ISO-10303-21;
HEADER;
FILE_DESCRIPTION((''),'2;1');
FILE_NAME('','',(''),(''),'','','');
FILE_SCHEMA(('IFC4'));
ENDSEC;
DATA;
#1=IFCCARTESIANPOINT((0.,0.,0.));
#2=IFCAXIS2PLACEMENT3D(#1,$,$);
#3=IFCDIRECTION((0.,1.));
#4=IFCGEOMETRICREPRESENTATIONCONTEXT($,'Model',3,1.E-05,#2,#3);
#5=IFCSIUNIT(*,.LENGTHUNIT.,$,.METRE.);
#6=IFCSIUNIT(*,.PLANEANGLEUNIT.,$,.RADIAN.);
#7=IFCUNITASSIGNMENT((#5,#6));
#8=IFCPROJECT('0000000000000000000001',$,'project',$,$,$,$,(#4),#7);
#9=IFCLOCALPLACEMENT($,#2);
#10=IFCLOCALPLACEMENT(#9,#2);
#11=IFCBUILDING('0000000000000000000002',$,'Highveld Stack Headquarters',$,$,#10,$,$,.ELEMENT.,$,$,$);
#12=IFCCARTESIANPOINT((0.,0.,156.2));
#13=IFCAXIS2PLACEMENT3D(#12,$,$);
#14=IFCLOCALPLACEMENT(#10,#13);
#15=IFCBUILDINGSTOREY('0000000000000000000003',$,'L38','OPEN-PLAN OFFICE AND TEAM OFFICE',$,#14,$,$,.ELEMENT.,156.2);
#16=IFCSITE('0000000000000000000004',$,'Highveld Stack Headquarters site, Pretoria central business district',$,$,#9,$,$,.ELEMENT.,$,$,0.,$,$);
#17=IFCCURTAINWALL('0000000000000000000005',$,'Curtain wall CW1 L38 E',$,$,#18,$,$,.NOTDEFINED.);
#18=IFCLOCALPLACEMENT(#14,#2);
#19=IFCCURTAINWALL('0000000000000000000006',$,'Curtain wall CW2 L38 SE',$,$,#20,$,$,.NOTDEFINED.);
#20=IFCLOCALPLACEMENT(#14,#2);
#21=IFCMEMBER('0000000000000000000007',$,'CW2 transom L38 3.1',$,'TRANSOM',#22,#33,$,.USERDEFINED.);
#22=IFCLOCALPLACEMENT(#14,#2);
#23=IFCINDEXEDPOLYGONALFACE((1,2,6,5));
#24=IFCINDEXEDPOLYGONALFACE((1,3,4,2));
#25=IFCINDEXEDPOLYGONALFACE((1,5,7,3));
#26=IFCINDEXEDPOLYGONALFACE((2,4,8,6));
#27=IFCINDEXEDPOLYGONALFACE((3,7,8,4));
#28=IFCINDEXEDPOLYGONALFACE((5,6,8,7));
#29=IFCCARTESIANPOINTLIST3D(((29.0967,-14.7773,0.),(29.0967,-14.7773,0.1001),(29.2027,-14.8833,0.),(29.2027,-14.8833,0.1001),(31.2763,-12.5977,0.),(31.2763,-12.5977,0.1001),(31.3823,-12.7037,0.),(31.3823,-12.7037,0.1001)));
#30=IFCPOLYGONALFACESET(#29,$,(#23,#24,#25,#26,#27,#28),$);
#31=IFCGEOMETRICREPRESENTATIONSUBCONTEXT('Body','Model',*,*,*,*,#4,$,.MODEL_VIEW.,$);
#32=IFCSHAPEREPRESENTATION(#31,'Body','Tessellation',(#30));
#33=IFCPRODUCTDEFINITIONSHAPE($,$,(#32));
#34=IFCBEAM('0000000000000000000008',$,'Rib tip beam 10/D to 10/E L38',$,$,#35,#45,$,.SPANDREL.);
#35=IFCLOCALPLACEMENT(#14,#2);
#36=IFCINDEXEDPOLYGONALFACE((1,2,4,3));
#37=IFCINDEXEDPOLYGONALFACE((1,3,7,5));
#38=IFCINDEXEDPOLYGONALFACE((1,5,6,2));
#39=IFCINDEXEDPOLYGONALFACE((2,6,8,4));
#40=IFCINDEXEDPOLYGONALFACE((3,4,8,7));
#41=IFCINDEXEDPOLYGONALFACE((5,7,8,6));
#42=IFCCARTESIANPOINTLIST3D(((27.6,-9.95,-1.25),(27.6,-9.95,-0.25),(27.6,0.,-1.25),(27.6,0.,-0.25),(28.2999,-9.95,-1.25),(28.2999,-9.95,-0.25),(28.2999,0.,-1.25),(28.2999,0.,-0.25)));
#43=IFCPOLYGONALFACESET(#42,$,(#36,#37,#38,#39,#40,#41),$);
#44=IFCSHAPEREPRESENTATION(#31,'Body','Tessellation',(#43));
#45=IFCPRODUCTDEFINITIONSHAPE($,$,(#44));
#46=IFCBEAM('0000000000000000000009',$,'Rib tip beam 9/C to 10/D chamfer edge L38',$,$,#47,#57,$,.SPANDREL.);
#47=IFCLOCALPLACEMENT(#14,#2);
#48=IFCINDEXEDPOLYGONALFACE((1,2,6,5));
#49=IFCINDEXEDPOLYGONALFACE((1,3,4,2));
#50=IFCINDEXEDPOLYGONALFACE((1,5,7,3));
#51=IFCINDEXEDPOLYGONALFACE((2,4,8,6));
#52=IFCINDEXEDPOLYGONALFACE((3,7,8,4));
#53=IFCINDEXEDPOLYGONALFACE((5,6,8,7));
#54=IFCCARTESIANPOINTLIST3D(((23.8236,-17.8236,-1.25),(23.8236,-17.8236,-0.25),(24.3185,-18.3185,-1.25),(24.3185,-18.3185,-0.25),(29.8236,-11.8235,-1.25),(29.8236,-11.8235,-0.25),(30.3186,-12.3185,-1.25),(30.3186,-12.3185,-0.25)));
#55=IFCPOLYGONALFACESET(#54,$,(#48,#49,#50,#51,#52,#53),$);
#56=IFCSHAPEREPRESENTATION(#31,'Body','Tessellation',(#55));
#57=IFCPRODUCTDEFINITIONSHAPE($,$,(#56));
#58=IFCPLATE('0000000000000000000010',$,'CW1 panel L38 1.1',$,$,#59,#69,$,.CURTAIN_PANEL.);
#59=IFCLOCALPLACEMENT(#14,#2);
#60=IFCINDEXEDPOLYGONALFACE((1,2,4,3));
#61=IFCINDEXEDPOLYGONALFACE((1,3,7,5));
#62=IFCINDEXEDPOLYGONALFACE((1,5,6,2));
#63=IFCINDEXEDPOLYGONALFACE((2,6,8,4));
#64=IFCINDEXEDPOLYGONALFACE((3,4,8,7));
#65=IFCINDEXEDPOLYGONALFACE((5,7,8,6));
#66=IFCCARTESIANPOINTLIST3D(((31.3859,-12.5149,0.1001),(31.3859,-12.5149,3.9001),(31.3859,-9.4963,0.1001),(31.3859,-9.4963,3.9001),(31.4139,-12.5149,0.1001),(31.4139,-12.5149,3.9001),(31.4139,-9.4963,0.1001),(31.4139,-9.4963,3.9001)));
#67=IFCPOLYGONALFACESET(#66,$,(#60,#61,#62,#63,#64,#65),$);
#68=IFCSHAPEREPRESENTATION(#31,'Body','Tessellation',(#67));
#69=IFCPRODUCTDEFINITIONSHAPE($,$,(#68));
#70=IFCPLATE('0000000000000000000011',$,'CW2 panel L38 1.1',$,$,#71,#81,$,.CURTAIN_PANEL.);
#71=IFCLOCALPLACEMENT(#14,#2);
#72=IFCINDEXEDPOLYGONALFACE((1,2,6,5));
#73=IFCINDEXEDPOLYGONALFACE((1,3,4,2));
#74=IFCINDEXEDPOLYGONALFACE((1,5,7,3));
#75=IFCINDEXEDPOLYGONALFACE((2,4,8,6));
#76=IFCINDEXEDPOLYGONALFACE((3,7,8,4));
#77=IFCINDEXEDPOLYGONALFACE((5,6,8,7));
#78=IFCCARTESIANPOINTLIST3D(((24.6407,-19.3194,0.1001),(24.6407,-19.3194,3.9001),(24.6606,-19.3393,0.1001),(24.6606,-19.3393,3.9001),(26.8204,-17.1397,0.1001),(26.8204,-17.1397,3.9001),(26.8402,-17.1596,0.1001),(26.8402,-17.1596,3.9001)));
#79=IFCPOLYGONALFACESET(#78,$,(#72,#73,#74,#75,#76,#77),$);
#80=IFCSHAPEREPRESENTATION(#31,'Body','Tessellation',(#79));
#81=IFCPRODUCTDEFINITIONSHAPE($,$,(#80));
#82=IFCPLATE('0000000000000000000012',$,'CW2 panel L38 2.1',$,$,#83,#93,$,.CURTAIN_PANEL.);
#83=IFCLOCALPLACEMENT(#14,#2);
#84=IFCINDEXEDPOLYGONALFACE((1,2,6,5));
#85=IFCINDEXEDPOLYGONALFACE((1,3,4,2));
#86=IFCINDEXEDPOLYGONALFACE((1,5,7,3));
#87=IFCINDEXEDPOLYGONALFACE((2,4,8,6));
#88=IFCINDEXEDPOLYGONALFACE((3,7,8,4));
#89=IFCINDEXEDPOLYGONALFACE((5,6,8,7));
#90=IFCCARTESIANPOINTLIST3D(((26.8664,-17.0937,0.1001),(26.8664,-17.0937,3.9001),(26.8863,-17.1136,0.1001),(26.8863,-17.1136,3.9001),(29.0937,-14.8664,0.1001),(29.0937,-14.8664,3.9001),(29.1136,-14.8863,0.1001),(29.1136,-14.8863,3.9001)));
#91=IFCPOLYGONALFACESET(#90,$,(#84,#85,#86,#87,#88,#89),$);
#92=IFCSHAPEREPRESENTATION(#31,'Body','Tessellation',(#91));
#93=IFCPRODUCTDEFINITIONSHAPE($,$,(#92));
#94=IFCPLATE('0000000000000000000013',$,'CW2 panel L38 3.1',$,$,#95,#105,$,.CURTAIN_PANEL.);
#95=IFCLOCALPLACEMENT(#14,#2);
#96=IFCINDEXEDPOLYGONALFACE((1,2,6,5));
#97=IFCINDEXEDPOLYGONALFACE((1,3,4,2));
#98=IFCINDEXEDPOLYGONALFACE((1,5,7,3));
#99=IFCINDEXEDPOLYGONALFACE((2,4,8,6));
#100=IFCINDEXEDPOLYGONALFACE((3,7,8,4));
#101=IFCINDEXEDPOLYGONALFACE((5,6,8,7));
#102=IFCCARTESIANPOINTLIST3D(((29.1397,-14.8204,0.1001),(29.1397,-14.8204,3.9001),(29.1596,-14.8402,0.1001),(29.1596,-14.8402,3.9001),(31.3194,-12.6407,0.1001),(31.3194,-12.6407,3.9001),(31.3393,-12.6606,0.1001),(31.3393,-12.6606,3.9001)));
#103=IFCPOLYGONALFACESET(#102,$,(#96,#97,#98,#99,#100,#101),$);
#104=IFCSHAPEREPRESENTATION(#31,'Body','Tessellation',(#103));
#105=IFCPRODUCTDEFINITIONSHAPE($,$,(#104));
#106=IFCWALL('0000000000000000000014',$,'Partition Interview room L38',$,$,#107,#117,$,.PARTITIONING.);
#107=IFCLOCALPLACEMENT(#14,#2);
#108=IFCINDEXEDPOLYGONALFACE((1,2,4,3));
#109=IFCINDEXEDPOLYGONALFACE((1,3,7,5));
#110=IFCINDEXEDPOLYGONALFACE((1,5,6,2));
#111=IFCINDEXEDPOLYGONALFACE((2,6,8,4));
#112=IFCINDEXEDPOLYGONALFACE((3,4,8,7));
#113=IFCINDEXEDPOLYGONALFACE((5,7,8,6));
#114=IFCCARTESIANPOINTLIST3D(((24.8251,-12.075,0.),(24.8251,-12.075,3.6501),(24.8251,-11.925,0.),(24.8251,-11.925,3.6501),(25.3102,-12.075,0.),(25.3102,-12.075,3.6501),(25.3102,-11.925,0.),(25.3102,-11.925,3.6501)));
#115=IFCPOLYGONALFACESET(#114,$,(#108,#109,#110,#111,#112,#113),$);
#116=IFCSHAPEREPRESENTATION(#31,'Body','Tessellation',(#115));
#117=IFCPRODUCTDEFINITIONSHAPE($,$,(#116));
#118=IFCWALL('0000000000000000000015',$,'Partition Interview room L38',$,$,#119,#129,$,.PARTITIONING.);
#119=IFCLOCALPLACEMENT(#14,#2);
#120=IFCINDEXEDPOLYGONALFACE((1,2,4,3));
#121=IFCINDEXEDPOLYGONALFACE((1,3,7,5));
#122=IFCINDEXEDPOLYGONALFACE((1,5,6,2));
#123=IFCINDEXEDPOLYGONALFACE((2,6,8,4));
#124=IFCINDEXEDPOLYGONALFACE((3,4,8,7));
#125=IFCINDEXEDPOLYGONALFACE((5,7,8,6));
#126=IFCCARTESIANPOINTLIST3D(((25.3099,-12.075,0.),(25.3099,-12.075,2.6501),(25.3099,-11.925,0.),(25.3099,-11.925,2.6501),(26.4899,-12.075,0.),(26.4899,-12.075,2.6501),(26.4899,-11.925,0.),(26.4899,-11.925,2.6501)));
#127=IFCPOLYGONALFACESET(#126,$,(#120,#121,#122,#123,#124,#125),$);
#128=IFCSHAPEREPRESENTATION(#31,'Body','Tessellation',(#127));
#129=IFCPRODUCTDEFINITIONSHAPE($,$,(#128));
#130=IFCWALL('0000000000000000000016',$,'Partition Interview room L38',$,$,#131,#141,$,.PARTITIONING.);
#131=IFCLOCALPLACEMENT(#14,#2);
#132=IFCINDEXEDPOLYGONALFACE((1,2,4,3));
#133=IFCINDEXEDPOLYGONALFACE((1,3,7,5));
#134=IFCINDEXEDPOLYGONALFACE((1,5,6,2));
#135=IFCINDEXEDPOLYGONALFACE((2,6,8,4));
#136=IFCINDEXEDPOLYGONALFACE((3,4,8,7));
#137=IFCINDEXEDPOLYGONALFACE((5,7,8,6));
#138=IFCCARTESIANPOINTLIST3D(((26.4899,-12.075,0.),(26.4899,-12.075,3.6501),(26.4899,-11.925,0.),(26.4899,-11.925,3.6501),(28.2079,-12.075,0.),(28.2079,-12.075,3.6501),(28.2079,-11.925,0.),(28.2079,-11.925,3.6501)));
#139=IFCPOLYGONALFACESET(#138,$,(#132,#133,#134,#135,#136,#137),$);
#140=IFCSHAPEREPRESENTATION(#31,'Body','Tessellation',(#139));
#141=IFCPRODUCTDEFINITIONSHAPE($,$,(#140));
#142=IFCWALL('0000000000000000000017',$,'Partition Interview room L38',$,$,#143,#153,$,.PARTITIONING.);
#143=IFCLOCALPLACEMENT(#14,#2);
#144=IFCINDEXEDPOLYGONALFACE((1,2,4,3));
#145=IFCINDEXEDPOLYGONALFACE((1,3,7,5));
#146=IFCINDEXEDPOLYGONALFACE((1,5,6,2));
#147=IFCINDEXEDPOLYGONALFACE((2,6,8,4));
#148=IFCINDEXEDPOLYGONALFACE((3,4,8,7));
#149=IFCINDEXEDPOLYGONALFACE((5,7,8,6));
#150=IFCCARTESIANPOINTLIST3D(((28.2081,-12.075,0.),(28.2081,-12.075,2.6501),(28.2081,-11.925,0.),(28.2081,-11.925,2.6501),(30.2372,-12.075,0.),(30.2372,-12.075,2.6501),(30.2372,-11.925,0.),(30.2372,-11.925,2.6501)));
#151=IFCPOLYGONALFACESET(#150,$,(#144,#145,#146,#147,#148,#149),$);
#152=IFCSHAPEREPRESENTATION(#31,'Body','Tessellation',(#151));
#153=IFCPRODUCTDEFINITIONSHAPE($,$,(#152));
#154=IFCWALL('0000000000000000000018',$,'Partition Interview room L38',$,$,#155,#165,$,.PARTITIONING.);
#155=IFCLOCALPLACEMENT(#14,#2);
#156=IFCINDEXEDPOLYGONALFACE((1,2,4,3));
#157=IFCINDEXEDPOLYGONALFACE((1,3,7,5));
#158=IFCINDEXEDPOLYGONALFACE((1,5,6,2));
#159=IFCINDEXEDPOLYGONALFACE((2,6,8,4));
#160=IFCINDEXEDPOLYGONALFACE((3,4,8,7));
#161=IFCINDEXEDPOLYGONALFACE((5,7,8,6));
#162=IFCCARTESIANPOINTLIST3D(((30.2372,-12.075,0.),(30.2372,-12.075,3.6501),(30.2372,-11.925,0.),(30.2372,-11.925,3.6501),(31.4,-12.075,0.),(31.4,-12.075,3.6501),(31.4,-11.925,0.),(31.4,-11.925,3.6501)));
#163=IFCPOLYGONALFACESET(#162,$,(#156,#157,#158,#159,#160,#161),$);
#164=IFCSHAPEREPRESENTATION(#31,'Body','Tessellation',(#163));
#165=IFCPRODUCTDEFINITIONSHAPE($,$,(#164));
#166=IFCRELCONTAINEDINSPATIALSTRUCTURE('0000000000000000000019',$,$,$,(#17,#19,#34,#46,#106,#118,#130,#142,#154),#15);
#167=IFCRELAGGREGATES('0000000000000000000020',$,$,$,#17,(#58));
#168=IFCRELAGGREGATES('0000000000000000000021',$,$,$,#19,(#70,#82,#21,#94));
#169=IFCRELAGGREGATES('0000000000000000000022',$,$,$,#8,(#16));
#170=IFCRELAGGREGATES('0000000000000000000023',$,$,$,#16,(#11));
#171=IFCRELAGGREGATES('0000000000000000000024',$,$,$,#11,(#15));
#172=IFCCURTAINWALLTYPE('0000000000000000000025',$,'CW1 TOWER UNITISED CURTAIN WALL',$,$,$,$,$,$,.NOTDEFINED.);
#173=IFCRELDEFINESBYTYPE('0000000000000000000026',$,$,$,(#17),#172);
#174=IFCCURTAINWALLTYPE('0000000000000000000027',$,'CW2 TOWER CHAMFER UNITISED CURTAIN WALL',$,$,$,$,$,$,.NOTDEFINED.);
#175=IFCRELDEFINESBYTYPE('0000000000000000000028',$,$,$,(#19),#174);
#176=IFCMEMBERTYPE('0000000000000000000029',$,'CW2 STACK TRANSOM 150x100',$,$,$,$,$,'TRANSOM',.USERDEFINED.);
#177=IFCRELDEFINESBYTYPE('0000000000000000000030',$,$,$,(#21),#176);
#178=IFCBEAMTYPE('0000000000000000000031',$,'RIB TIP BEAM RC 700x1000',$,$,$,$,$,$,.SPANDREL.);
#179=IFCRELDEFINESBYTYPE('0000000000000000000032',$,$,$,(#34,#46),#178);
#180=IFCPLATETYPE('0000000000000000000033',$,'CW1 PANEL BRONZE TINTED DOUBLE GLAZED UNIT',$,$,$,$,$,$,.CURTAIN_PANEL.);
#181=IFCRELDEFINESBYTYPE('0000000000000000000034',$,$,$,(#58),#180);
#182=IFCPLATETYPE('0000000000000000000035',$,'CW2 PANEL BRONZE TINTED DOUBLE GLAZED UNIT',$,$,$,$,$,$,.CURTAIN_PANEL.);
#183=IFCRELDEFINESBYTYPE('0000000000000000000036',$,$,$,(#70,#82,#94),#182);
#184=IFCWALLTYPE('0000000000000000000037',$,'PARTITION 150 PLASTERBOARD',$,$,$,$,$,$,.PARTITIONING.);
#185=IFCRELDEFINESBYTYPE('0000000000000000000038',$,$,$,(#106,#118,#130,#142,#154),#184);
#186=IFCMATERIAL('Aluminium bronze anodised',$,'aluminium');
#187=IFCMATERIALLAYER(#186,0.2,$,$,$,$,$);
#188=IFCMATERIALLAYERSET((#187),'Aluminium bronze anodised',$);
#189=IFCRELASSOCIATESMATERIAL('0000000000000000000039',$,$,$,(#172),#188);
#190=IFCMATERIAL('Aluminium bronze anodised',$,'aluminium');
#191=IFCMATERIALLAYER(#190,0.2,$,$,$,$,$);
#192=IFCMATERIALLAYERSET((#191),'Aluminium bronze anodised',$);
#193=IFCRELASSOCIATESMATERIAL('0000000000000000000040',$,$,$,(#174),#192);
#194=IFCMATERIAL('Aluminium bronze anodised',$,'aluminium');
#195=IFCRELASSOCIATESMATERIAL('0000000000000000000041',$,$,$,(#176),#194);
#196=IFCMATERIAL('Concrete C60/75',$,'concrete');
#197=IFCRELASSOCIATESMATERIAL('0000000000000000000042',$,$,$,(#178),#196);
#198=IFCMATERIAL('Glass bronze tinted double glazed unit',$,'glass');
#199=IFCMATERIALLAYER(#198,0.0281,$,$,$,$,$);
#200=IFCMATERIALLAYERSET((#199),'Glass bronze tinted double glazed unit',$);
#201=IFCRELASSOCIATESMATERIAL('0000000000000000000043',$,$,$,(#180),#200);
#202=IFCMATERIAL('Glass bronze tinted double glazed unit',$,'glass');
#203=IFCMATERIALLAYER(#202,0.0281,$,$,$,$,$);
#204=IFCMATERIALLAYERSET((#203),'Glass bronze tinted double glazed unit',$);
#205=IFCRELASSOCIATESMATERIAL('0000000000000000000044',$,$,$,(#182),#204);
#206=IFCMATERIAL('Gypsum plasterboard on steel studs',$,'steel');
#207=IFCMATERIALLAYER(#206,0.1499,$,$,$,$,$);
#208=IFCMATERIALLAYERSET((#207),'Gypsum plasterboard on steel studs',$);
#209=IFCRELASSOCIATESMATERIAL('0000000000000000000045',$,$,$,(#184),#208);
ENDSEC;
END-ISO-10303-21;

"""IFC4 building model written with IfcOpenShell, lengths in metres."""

from ifc_helpers import new_model, si_unit, direction, frame, frame_2d, origin, origin_2d, place, context, subcontext, project, spatial, rectangle, extrude, material, layer, layer_set, material_profile, profile_set, type_object, element, aggregate, save


model = new_model("IFC4")

# Units and contexts
model_context = context("Model", 3, precision=1e-05, world=origin(), true_north=direction((0.0, 1.0)))
body_context = subcontext(model_context, "Body", "Model", "MODEL_VIEW")
ifc_project = project(units=[si_unit("LENGTHUNIT", "METRE"), si_unit("PLANEANGLEUNIT", "RADIAN")], contexts=[model_context])

# Site, building, storey
site_placement = place(None, origin())
site = spatial("IfcSite", under=ifc_project, at=site_placement, Name="Highveld Stack Headquarters site, Pretoria central business district", CompositionType="ELEMENT", RefElevation=0.0)
building_placement = place(site_placement, origin())
building = spatial("IfcBuilding", under=site, at=building_placement, Name="Highveld Stack Headquarters", CompositionType="ELEMENT")
storey_placement = place(building_placement, frame((0.0, 0.0, 156.2)))
storey = spatial("IfcBuildingStorey", under=building, at=storey_placement, Name="L38", Description="OPEN-PLAN OFFICE AND TEAM OFFICE", CompositionType="ELEMENT", Elevation=156.2)

# Shared definitions
ifc_material_1 = material(Name="Aluminium bronze anodised", Category="aluminium")
ifc_layer_1 = layer(ifc_material_1, 0.2)
ifc_layer_set_1 = layer_set([ifc_layer_1], Name="Aluminium bronze anodised")
curtain_wall_type_1 = type_object("IfcCurtainWallType", Name="CW1 TOWER UNITISED CURTAIN WALL", PredefinedType="NOTDEFINED", material=ifc_layer_set_1)

# Curtain wall
curtain_wall_1_placement = place(storey_placement, origin())
curtain_wall_1 = element("IfcCurtainWall", 1, at=curtain_wall_1_placement, inside=storey, type_object=curtain_wall_type_1, Name="Curtain wall CW1 L38 E", PredefinedType="NOTDEFINED")

# Curtain wall, member
ifc_material_2 = material(Name="Aluminium bronze anodised", Category="aluminium")
ifc_layer_2 = layer(ifc_material_2, 0.2)
ifc_layer_set_2 = layer_set([ifc_layer_2], Name="Aluminium bronze anodised")
curtain_wall_type_2 = type_object("IfcCurtainWallType", Name="CW2 TOWER CHAMFER UNITISED CURTAIN WALL", PredefinedType="NOTDEFINED", material=ifc_layer_set_2)
curtain_wall_2_placement = place(storey_placement, origin())
curtain_wall_2 = element("IfcCurtainWall", 2, at=curtain_wall_2_placement, inside=storey, type_object=curtain_wall_type_2, Name="Curtain wall CW2 L38 SE", PredefinedType="NOTDEFINED")
ifc_material_3 = material(Name="Aluminium bronze anodised", Category="aluminium")
ifc_material_profile_1 = material_profile(ifc_material_3, rectangle(XDim=0.1499, YDim=0.1001, at=origin_2d()), Name="CW2 TRANSOM 150x100")
ifc_profile_set_1 = profile_set([ifc_material_profile_1], Name="Aluminium bronze anodised")
member_type_1 = type_object("IfcMemberType", Name="CW2 STACK TRANSOM 150x100", ElementType="TRANSOM", PredefinedType="USERDEFINED", material=ifc_profile_set_1)
member_1_placement = place(storey_placement, frame((29.1497, -14.8303, 0.05), z_axis=(0.707107, 0.707107, 0.0), x_axis=(-0.707107, 0.707107, 0.0)))
member_1 = element("IfcMember", 3, at=member_1_placement, type_object=member_type_1, Name="CW2 transom L38 3.1", ObjectType="TRANSOM", PredefinedType="USERDEFINED", context=body_context, shape_type="SweptSolid", body=[
    extrude(rectangle(XDim=0.1499, YDim=0.1001, at=origin_2d()), origin(), (0.0, 0.0, 1.0), 3.0825),
])

# Beams
ifc_material_4 = material(Name="Concrete C60/75", Category="concrete")
ifc_material_profile_2 = material_profile(ifc_material_4, rectangle(XDim=0.7, YDim=1.0, at=origin_2d()), Name="RC 700x1000")
ifc_profile_set_2 = profile_set([ifc_material_profile_2], Name="Concrete C60/75")
beam_type = type_object("IfcBeamType", Name="RIB TIP BEAM RC 700x1000", PredefinedType="SPANDREL", material=ifc_profile_set_2)
beam_1_placement = place(storey_placement, frame((27.95, -9.95, -0.75), z_axis=(0.0, 1.0, 0.0), x_axis=(-1.0, 0.0, 0.0)))
element("IfcBeam", 4, at=beam_1_placement, inside=storey, type_object=beam_type, Name="Rib tip beam 10/D to 10/E L38", PredefinedType="SPANDREL", context=body_context, shape_type="SweptSolid", body=[
    extrude(rectangle(XDim=0.7, YDim=1.0, at=origin_2d()), origin(), (0.0, 0.0, 1.0), 9.95),
])
beam_2_placement = place(storey_placement, frame((24.071, -18.071, -0.75), z_axis=(0.707107, 0.707107, 0.0), x_axis=(-0.707107, 0.707107, 0.0)))
element("IfcBeam", 5, at=beam_2_placement, inside=storey, type_object=beam_type, Name="Rib tip beam 9/C to 10/D chamfer edge L38", PredefinedType="SPANDREL", context=body_context, shape_type="SweptSolid", body=[
    extrude(rectangle(XDim=0.7, YDim=1.0, at=origin_2d()), origin(), (0.0, 0.0, 1.0), 8.4854),
])

# Plates
ifc_material_5 = material(Name="Glass bronze tinted double glazed unit", Category="glass")
ifc_layer_3 = layer(ifc_material_5, 0.0281)
ifc_layer_set_3 = layer_set([ifc_layer_3], Name="Glass bronze tinted double glazed unit")
plate_type_1 = type_object("IfcPlateType", Name="CW1 PANEL BRONZE TINTED DOUBLE GLAZED UNIT", PredefinedType="CURTAIN_PANEL", material=ifc_layer_set_3)
plate_1_placement = place(storey_placement, frame((31.3999, -11.0056, 0.1001), z_axis=(0.0, 0.0, 1.0), x_axis=(0.0, 1.0, 0.0)))
plate_1 = element("IfcPlate", 6, at=plate_1_placement, type_object=plate_type_1, Name="CW1 panel L38 1.1", PredefinedType="CURTAIN_PANEL", context=body_context, shape_type="SweptSolid", body=[
    extrude(rectangle(XDim=3.0186, YDim=0.0281, at=origin_2d()), origin(), (0.0, 0.0, 1.0), 3.8),
])
aggregate(curtain_wall_1, [plate_1])
ifc_material_6 = material(Name="Glass bronze tinted double glazed unit", Category="glass")
ifc_layer_4 = layer(ifc_material_6, 0.0281)
ifc_layer_set_4 = layer_set([ifc_layer_4], Name="Glass bronze tinted double glazed unit")
plate_type_2 = type_object("IfcPlateType", Name="CW2 PANEL BRONZE TINTED DOUBLE GLAZED UNIT", PredefinedType="CURTAIN_PANEL", material=ifc_layer_set_4)
plate_2_placement = place(storey_placement, frame((25.7405, -18.2395, 0.1001), z_axis=(0.0, 0.0, 1.0), x_axis=(0.707107, 0.707107, 0.0)))
plate_2 = element("IfcPlate", 7, at=plate_2_placement, type_object=plate_type_2, Name="CW2 panel L38 1.1", PredefinedType="CURTAIN_PANEL", context=body_context, shape_type="SweptSolid", body=[
    extrude(rectangle(XDim=3.0825, YDim=0.0281, at=origin_2d()), origin(), (0.0, 0.0, 1.0), 3.8),
])
plate_3_placement = place(storey_placement, frame((27.99, -15.99, 0.1001), z_axis=(0.0, 0.0, 1.0), x_axis=(0.707107, 0.707107, 0.0)))
plate_3 = element("IfcPlate", 8, at=plate_3_placement, type_object=plate_type_2, Name="CW2 panel L38 2.1", PredefinedType="CURTAIN_PANEL", context=body_context, shape_type="SweptSolid", body=[
    extrude(rectangle(XDim=3.1499, YDim=0.0281, at=origin_2d()), origin(), (0.0, 0.0, 1.0), 3.8),
])
plate_4_placement = place(storey_placement, frame((30.2395, -13.7405, 0.1001), z_axis=(0.0, 0.0, 1.0), x_axis=(0.707107, 0.707107, 0.0)))
plate_4 = element("IfcPlate", 9, at=plate_4_placement, type_object=plate_type_2, Name="CW2 panel L38 3.1", PredefinedType="CURTAIN_PANEL", context=body_context, shape_type="SweptSolid", body=[
    extrude(rectangle(XDim=3.0825, YDim=0.0281, at=origin_2d()), origin(), (0.0, 0.0, 1.0), 3.8),
])
aggregate(curtain_wall_2, [plate_2, plate_3, member_1, plate_4])

# Walls
ifc_material_7 = material(Name="Gypsum plasterboard on steel studs", Category="steel")
ifc_layer_5 = layer(ifc_material_7, 0.1499)
ifc_layer_set_5 = layer_set([ifc_layer_5], Name="Gypsum plasterboard on steel studs")
wall_type = type_object("IfcWallType", Name="PARTITION 150 PLASTERBOARD", PredefinedType="PARTITIONING", material=ifc_layer_set_5)
wall_1_placement = place(storey_placement, frame((24.825, -12.0, 0.0), z_axis=(0.0, 0.0, 1.0), x_axis=(1.0, 0.0, 0.0)))
element("IfcWall", 10, at=wall_1_placement, inside=storey, type_object=wall_type, Name="Partition Interview room L38", PredefinedType="PARTITIONING", context=body_context, shape_type="SweptSolid", body=[
    extrude(rectangle(XDim=0.4851, YDim=0.1499, at=frame_2d((0.2427, 0.0))), origin(), (0.0, 0.0, 1.0), 3.6501),
])
wall_2_placement = place(storey_placement, frame((25.3101, -12.0, 0.0), z_axis=(0.0, 0.0, 1.0), x_axis=(1.0, 0.0, 0.0)))
element("IfcWall", 11, at=wall_2_placement, inside=storey, type_object=wall_type, Name="Partition Interview room L38", PredefinedType="PARTITIONING", context=body_context, shape_type="SweptSolid", body=[
    extrude(rectangle(XDim=1.1799, YDim=0.1499, at=frame_2d((0.5898, 0.0))), origin(), (0.0, 0.0, 1.0), 2.6501),
])
wall_3_placement = place(storey_placement, frame((26.49, -12.0, 0.0), z_axis=(0.0, 0.0, 1.0), x_axis=(1.0, 0.0, 0.0)))
element("IfcWall", 12, at=wall_3_placement, inside=storey, type_object=wall_type, Name="Partition Interview room L38", PredefinedType="PARTITIONING", context=body_context, shape_type="SweptSolid", body=[
    extrude(rectangle(XDim=1.718, YDim=0.1499, at=frame_2d((0.8589, 0.0))), origin(), (0.0, 0.0, 1.0), 3.6501),
])
wall_4_placement = place(storey_placement, frame((28.208, -12.0, 0.0), z_axis=(0.0, 0.0, 1.0), x_axis=(1.0, 0.0, 0.0)))
element("IfcWall", 13, at=wall_4_placement, inside=storey, type_object=wall_type, Name="Partition Interview room L38", PredefinedType="PARTITIONING", context=body_context, shape_type="SweptSolid", body=[
    extrude(rectangle(XDim=2.0291, YDim=0.1499, at=frame_2d((1.0146, 0.0))), origin(), (0.0, 0.0, 1.0), 2.6501),
])
wall_5_placement = place(storey_placement, frame((30.2371, -12.0, 0.0), z_axis=(0.0, 0.0, 1.0), x_axis=(1.0, 0.0, 0.0)))
element("IfcWall", 14, at=wall_5_placement, inside=storey, type_object=wall_type, Name="Partition Interview room L38", PredefinedType="PARTITIONING", context=body_context, shape_type="SweptSolid", body=[
    extrude(rectangle(XDim=1.1628, YDim=0.1499, at=frame_2d((0.5815, 0.0))), origin(), (0.0, 0.0, 1.0), 3.6501),
])

save(model, "model.ifc")
